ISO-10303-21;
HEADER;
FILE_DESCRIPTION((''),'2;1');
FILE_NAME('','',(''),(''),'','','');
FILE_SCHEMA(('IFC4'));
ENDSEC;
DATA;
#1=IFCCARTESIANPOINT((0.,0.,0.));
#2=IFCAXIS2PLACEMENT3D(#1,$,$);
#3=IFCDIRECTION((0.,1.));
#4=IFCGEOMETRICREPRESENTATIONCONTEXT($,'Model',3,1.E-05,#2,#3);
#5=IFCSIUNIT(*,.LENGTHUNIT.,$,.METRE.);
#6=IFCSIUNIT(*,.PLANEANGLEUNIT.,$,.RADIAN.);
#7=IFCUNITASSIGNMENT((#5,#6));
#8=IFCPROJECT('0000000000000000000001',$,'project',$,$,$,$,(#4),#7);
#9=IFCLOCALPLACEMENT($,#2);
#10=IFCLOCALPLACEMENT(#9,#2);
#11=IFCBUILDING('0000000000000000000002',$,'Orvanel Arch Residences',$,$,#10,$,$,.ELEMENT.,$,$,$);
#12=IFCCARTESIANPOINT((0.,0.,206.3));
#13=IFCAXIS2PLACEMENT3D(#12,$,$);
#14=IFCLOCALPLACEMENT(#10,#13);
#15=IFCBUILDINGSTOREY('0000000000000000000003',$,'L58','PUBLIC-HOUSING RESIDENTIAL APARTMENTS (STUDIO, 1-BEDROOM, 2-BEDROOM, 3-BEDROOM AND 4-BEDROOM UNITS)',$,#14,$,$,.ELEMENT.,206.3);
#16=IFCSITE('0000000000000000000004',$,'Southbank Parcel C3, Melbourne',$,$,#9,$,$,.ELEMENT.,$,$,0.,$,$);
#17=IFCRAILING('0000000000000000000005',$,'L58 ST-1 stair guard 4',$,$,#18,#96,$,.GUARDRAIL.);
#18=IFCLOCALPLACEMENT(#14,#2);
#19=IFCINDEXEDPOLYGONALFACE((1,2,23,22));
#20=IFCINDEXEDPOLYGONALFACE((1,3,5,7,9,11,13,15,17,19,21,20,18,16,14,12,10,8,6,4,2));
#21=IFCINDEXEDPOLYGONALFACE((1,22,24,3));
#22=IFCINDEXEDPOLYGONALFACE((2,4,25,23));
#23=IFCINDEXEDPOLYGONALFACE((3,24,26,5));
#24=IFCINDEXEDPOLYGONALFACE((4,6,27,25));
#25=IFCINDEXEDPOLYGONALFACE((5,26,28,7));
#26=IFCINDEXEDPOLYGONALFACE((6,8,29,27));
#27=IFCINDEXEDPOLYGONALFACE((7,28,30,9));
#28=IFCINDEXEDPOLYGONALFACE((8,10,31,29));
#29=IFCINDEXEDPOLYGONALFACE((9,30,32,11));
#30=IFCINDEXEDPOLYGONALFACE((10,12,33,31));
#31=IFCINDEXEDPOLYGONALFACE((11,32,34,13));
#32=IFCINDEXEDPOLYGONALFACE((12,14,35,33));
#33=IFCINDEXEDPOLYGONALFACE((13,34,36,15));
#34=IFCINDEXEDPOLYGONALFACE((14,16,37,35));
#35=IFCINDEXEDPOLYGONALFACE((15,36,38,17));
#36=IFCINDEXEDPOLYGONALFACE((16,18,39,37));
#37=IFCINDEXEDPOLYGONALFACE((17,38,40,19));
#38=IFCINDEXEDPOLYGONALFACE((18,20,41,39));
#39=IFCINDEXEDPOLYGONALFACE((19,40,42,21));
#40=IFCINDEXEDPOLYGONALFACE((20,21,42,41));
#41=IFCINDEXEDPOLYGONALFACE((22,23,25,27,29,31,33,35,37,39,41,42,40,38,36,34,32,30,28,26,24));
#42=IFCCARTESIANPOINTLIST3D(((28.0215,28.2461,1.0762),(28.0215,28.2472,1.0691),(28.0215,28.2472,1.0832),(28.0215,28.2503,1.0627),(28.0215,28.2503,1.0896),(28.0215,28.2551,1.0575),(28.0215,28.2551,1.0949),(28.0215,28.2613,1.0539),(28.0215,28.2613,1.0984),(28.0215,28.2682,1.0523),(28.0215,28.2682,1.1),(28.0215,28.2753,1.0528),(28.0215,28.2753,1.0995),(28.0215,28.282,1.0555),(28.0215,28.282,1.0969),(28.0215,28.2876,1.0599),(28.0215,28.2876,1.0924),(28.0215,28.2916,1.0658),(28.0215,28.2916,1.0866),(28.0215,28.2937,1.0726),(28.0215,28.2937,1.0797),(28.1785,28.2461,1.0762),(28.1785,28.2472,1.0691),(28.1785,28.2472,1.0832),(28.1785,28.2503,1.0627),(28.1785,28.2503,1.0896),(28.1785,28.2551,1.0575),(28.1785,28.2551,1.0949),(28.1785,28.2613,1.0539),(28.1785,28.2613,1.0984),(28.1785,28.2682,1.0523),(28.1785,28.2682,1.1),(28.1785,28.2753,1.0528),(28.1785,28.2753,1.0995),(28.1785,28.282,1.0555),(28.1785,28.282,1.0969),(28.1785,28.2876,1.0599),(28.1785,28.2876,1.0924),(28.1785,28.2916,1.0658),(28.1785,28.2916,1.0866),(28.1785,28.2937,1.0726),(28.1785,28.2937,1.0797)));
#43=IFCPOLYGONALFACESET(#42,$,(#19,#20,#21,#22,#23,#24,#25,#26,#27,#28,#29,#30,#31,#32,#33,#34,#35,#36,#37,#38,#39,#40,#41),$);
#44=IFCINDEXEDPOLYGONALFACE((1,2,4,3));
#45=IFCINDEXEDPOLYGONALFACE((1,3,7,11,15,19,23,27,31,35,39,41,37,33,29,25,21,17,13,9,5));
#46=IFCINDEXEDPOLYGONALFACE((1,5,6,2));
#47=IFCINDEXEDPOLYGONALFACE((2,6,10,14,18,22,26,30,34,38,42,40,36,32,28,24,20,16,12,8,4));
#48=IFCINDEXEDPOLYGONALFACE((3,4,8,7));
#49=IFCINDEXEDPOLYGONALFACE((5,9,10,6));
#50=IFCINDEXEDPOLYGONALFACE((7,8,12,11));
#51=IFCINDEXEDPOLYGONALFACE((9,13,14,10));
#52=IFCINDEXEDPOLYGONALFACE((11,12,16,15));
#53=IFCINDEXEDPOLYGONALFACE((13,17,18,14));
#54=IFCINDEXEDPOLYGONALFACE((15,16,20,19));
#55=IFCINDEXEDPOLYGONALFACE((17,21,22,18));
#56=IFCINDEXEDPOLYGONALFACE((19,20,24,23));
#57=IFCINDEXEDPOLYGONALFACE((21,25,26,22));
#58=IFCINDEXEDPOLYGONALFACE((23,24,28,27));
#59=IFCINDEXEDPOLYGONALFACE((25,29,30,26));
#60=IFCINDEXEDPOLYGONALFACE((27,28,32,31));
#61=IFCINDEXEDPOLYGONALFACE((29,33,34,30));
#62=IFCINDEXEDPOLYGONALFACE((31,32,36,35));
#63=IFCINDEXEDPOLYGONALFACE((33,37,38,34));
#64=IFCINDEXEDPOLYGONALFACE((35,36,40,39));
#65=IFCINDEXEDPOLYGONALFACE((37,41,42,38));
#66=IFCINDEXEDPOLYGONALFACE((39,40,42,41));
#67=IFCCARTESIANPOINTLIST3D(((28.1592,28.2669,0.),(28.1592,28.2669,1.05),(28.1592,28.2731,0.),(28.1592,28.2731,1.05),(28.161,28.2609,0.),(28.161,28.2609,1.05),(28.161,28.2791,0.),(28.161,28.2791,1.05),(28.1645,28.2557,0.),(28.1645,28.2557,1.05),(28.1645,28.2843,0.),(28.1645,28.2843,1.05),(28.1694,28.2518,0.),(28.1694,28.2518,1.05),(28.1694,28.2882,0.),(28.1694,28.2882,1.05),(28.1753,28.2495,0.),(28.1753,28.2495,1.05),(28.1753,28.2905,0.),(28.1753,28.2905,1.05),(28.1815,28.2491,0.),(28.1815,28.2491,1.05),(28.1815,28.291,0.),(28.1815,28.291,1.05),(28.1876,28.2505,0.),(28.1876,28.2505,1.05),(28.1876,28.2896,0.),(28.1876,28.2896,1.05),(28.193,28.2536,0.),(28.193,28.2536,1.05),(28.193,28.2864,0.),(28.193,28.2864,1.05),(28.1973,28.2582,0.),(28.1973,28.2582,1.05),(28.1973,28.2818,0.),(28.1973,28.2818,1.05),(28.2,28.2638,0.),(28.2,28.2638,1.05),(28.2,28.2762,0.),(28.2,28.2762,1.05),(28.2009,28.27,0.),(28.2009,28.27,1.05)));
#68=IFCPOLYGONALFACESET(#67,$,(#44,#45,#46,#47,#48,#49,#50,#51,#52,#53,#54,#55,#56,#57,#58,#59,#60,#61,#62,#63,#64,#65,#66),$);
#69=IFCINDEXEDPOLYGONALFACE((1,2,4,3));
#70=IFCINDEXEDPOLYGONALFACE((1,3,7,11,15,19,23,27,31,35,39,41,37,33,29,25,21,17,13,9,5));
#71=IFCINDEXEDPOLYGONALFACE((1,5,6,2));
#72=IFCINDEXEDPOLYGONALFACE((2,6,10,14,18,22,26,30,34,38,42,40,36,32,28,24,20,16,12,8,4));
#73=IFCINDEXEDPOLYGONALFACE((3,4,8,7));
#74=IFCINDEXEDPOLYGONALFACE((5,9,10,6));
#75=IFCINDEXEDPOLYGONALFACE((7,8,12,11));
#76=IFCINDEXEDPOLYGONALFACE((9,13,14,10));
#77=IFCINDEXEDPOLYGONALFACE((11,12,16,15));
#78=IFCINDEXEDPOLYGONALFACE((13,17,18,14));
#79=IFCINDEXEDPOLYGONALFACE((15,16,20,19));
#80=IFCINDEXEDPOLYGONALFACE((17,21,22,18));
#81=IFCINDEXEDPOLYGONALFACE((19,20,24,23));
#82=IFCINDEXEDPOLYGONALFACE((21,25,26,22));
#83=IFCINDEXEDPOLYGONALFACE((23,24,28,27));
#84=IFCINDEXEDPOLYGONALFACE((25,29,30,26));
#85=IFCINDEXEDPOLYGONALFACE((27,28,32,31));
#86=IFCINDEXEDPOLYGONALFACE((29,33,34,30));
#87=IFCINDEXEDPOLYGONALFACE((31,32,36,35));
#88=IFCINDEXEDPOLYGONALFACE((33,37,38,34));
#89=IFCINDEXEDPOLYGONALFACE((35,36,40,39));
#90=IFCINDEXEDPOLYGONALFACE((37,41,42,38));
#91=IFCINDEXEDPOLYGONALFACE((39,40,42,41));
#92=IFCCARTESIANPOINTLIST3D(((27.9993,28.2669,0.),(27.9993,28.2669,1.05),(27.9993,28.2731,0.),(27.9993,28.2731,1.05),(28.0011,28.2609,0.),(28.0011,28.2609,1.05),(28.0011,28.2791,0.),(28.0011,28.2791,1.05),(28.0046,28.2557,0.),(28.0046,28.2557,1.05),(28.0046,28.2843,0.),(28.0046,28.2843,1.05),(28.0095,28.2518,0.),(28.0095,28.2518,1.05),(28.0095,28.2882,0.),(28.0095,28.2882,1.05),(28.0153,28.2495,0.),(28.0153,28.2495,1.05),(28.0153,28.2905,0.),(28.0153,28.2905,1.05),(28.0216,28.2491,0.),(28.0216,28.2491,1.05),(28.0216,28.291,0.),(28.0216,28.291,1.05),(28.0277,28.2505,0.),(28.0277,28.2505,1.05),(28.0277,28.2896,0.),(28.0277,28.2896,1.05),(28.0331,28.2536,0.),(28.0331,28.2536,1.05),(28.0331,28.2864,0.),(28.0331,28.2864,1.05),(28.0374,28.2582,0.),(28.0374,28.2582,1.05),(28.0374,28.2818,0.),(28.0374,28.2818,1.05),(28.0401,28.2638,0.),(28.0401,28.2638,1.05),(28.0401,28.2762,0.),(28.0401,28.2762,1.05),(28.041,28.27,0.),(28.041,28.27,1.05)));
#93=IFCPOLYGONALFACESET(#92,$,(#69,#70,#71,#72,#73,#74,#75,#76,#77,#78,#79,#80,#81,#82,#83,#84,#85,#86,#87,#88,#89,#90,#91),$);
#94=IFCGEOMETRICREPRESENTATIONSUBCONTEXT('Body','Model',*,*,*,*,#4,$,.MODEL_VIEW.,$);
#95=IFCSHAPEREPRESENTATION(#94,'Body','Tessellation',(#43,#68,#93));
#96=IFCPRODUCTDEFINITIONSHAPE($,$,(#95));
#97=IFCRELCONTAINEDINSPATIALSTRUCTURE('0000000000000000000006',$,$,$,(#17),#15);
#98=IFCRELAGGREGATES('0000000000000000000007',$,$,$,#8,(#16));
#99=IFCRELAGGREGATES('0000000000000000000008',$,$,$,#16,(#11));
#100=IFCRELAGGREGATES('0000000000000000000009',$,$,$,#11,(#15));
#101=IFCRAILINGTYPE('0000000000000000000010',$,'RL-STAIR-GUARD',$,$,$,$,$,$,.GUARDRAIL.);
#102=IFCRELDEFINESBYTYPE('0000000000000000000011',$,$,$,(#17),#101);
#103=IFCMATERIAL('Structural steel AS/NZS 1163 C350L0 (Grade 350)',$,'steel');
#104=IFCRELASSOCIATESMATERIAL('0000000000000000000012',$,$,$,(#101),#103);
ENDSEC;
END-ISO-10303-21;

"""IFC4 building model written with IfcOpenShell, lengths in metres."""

from ifc_helpers import new_model, si_unit, direction, frame, origin, origin_2d, place, context, subcontext, project, spatial, circle, extrude, material, type_object, element, save


model = new_model("IFC4")

# Units and contexts
model_context = context("Model", 3, precision=1e-05, world=origin(), true_north=direction((0.0, 1.0)))
body_context = subcontext(model_context, "Body", "Model", "MODEL_VIEW")
ifc_project = project(units=[si_unit("LENGTHUNIT", "METRE"), si_unit("PLANEANGLEUNIT", "RADIAN")], contexts=[model_context])

# Site, building, storey
site_placement = place(None, origin())
site = spatial("IfcSite", under=ifc_project, at=site_placement, Name="Southbank Parcel C3, Melbourne", CompositionType="ELEMENT", RefElevation=0.0)
building_placement = place(site_placement, origin())
building = spatial("IfcBuilding", under=site, at=building_placement, Name="Orvanel Arch Residences", CompositionType="ELEMENT")
storey_placement = place(building_placement, frame((0.0, 0.0, 206.3)))
storey = spatial("IfcBuildingStorey", under=building, at=storey_placement, Name="L58", Description="PUBLIC-HOUSING RESIDENTIAL APARTMENTS (STUDIO, 1-BEDROOM, 2-BEDROOM, 3-BEDROOM AND 4-BEDROOM UNITS)", CompositionType="ELEMENT", Elevation=206.3)

# Railing
ifc_material_1 = material(Name="Structural steel AS/NZS 1163 C350L0 (Grade 350)", Category="steel")
railing_type_1 = type_object("IfcRailingType", Name="RL-STAIR-GUARD", PredefinedType="GUARDRAIL", material=ifc_material_1)
railing_1_placement = place(storey_placement, frame((28.1799, 28.27, 0.0)))
element("IfcRailing", 1, at=railing_1_placement, inside=storey, type_object=railing_type_1, Name="L58 ST-1 stair guard 4", PredefinedType="GUARDRAIL", context=body_context, shape_type="SweptSolid", body=[
    extrude(circle(Radius=0.0239, at=origin_2d()), frame((-0.0015, 0.0, 1.0762), z_axis=(-1.0, 0.0, 0.0), x_axis=(0.0, -1.0, 0.0)), (0.0, 0.0, 1.0), 0.157),
    extrude(circle(Radius=0.021, at=origin_2d()), origin(), (0.0, 0.0, 1.0), 1.05),
    extrude(circle(Radius=0.021, at=origin_2d()), frame((-0.1599, 0.0, 0.0)), (0.0, 0.0, 1.0), 1.05),
])

save(model, "model.ifc")
